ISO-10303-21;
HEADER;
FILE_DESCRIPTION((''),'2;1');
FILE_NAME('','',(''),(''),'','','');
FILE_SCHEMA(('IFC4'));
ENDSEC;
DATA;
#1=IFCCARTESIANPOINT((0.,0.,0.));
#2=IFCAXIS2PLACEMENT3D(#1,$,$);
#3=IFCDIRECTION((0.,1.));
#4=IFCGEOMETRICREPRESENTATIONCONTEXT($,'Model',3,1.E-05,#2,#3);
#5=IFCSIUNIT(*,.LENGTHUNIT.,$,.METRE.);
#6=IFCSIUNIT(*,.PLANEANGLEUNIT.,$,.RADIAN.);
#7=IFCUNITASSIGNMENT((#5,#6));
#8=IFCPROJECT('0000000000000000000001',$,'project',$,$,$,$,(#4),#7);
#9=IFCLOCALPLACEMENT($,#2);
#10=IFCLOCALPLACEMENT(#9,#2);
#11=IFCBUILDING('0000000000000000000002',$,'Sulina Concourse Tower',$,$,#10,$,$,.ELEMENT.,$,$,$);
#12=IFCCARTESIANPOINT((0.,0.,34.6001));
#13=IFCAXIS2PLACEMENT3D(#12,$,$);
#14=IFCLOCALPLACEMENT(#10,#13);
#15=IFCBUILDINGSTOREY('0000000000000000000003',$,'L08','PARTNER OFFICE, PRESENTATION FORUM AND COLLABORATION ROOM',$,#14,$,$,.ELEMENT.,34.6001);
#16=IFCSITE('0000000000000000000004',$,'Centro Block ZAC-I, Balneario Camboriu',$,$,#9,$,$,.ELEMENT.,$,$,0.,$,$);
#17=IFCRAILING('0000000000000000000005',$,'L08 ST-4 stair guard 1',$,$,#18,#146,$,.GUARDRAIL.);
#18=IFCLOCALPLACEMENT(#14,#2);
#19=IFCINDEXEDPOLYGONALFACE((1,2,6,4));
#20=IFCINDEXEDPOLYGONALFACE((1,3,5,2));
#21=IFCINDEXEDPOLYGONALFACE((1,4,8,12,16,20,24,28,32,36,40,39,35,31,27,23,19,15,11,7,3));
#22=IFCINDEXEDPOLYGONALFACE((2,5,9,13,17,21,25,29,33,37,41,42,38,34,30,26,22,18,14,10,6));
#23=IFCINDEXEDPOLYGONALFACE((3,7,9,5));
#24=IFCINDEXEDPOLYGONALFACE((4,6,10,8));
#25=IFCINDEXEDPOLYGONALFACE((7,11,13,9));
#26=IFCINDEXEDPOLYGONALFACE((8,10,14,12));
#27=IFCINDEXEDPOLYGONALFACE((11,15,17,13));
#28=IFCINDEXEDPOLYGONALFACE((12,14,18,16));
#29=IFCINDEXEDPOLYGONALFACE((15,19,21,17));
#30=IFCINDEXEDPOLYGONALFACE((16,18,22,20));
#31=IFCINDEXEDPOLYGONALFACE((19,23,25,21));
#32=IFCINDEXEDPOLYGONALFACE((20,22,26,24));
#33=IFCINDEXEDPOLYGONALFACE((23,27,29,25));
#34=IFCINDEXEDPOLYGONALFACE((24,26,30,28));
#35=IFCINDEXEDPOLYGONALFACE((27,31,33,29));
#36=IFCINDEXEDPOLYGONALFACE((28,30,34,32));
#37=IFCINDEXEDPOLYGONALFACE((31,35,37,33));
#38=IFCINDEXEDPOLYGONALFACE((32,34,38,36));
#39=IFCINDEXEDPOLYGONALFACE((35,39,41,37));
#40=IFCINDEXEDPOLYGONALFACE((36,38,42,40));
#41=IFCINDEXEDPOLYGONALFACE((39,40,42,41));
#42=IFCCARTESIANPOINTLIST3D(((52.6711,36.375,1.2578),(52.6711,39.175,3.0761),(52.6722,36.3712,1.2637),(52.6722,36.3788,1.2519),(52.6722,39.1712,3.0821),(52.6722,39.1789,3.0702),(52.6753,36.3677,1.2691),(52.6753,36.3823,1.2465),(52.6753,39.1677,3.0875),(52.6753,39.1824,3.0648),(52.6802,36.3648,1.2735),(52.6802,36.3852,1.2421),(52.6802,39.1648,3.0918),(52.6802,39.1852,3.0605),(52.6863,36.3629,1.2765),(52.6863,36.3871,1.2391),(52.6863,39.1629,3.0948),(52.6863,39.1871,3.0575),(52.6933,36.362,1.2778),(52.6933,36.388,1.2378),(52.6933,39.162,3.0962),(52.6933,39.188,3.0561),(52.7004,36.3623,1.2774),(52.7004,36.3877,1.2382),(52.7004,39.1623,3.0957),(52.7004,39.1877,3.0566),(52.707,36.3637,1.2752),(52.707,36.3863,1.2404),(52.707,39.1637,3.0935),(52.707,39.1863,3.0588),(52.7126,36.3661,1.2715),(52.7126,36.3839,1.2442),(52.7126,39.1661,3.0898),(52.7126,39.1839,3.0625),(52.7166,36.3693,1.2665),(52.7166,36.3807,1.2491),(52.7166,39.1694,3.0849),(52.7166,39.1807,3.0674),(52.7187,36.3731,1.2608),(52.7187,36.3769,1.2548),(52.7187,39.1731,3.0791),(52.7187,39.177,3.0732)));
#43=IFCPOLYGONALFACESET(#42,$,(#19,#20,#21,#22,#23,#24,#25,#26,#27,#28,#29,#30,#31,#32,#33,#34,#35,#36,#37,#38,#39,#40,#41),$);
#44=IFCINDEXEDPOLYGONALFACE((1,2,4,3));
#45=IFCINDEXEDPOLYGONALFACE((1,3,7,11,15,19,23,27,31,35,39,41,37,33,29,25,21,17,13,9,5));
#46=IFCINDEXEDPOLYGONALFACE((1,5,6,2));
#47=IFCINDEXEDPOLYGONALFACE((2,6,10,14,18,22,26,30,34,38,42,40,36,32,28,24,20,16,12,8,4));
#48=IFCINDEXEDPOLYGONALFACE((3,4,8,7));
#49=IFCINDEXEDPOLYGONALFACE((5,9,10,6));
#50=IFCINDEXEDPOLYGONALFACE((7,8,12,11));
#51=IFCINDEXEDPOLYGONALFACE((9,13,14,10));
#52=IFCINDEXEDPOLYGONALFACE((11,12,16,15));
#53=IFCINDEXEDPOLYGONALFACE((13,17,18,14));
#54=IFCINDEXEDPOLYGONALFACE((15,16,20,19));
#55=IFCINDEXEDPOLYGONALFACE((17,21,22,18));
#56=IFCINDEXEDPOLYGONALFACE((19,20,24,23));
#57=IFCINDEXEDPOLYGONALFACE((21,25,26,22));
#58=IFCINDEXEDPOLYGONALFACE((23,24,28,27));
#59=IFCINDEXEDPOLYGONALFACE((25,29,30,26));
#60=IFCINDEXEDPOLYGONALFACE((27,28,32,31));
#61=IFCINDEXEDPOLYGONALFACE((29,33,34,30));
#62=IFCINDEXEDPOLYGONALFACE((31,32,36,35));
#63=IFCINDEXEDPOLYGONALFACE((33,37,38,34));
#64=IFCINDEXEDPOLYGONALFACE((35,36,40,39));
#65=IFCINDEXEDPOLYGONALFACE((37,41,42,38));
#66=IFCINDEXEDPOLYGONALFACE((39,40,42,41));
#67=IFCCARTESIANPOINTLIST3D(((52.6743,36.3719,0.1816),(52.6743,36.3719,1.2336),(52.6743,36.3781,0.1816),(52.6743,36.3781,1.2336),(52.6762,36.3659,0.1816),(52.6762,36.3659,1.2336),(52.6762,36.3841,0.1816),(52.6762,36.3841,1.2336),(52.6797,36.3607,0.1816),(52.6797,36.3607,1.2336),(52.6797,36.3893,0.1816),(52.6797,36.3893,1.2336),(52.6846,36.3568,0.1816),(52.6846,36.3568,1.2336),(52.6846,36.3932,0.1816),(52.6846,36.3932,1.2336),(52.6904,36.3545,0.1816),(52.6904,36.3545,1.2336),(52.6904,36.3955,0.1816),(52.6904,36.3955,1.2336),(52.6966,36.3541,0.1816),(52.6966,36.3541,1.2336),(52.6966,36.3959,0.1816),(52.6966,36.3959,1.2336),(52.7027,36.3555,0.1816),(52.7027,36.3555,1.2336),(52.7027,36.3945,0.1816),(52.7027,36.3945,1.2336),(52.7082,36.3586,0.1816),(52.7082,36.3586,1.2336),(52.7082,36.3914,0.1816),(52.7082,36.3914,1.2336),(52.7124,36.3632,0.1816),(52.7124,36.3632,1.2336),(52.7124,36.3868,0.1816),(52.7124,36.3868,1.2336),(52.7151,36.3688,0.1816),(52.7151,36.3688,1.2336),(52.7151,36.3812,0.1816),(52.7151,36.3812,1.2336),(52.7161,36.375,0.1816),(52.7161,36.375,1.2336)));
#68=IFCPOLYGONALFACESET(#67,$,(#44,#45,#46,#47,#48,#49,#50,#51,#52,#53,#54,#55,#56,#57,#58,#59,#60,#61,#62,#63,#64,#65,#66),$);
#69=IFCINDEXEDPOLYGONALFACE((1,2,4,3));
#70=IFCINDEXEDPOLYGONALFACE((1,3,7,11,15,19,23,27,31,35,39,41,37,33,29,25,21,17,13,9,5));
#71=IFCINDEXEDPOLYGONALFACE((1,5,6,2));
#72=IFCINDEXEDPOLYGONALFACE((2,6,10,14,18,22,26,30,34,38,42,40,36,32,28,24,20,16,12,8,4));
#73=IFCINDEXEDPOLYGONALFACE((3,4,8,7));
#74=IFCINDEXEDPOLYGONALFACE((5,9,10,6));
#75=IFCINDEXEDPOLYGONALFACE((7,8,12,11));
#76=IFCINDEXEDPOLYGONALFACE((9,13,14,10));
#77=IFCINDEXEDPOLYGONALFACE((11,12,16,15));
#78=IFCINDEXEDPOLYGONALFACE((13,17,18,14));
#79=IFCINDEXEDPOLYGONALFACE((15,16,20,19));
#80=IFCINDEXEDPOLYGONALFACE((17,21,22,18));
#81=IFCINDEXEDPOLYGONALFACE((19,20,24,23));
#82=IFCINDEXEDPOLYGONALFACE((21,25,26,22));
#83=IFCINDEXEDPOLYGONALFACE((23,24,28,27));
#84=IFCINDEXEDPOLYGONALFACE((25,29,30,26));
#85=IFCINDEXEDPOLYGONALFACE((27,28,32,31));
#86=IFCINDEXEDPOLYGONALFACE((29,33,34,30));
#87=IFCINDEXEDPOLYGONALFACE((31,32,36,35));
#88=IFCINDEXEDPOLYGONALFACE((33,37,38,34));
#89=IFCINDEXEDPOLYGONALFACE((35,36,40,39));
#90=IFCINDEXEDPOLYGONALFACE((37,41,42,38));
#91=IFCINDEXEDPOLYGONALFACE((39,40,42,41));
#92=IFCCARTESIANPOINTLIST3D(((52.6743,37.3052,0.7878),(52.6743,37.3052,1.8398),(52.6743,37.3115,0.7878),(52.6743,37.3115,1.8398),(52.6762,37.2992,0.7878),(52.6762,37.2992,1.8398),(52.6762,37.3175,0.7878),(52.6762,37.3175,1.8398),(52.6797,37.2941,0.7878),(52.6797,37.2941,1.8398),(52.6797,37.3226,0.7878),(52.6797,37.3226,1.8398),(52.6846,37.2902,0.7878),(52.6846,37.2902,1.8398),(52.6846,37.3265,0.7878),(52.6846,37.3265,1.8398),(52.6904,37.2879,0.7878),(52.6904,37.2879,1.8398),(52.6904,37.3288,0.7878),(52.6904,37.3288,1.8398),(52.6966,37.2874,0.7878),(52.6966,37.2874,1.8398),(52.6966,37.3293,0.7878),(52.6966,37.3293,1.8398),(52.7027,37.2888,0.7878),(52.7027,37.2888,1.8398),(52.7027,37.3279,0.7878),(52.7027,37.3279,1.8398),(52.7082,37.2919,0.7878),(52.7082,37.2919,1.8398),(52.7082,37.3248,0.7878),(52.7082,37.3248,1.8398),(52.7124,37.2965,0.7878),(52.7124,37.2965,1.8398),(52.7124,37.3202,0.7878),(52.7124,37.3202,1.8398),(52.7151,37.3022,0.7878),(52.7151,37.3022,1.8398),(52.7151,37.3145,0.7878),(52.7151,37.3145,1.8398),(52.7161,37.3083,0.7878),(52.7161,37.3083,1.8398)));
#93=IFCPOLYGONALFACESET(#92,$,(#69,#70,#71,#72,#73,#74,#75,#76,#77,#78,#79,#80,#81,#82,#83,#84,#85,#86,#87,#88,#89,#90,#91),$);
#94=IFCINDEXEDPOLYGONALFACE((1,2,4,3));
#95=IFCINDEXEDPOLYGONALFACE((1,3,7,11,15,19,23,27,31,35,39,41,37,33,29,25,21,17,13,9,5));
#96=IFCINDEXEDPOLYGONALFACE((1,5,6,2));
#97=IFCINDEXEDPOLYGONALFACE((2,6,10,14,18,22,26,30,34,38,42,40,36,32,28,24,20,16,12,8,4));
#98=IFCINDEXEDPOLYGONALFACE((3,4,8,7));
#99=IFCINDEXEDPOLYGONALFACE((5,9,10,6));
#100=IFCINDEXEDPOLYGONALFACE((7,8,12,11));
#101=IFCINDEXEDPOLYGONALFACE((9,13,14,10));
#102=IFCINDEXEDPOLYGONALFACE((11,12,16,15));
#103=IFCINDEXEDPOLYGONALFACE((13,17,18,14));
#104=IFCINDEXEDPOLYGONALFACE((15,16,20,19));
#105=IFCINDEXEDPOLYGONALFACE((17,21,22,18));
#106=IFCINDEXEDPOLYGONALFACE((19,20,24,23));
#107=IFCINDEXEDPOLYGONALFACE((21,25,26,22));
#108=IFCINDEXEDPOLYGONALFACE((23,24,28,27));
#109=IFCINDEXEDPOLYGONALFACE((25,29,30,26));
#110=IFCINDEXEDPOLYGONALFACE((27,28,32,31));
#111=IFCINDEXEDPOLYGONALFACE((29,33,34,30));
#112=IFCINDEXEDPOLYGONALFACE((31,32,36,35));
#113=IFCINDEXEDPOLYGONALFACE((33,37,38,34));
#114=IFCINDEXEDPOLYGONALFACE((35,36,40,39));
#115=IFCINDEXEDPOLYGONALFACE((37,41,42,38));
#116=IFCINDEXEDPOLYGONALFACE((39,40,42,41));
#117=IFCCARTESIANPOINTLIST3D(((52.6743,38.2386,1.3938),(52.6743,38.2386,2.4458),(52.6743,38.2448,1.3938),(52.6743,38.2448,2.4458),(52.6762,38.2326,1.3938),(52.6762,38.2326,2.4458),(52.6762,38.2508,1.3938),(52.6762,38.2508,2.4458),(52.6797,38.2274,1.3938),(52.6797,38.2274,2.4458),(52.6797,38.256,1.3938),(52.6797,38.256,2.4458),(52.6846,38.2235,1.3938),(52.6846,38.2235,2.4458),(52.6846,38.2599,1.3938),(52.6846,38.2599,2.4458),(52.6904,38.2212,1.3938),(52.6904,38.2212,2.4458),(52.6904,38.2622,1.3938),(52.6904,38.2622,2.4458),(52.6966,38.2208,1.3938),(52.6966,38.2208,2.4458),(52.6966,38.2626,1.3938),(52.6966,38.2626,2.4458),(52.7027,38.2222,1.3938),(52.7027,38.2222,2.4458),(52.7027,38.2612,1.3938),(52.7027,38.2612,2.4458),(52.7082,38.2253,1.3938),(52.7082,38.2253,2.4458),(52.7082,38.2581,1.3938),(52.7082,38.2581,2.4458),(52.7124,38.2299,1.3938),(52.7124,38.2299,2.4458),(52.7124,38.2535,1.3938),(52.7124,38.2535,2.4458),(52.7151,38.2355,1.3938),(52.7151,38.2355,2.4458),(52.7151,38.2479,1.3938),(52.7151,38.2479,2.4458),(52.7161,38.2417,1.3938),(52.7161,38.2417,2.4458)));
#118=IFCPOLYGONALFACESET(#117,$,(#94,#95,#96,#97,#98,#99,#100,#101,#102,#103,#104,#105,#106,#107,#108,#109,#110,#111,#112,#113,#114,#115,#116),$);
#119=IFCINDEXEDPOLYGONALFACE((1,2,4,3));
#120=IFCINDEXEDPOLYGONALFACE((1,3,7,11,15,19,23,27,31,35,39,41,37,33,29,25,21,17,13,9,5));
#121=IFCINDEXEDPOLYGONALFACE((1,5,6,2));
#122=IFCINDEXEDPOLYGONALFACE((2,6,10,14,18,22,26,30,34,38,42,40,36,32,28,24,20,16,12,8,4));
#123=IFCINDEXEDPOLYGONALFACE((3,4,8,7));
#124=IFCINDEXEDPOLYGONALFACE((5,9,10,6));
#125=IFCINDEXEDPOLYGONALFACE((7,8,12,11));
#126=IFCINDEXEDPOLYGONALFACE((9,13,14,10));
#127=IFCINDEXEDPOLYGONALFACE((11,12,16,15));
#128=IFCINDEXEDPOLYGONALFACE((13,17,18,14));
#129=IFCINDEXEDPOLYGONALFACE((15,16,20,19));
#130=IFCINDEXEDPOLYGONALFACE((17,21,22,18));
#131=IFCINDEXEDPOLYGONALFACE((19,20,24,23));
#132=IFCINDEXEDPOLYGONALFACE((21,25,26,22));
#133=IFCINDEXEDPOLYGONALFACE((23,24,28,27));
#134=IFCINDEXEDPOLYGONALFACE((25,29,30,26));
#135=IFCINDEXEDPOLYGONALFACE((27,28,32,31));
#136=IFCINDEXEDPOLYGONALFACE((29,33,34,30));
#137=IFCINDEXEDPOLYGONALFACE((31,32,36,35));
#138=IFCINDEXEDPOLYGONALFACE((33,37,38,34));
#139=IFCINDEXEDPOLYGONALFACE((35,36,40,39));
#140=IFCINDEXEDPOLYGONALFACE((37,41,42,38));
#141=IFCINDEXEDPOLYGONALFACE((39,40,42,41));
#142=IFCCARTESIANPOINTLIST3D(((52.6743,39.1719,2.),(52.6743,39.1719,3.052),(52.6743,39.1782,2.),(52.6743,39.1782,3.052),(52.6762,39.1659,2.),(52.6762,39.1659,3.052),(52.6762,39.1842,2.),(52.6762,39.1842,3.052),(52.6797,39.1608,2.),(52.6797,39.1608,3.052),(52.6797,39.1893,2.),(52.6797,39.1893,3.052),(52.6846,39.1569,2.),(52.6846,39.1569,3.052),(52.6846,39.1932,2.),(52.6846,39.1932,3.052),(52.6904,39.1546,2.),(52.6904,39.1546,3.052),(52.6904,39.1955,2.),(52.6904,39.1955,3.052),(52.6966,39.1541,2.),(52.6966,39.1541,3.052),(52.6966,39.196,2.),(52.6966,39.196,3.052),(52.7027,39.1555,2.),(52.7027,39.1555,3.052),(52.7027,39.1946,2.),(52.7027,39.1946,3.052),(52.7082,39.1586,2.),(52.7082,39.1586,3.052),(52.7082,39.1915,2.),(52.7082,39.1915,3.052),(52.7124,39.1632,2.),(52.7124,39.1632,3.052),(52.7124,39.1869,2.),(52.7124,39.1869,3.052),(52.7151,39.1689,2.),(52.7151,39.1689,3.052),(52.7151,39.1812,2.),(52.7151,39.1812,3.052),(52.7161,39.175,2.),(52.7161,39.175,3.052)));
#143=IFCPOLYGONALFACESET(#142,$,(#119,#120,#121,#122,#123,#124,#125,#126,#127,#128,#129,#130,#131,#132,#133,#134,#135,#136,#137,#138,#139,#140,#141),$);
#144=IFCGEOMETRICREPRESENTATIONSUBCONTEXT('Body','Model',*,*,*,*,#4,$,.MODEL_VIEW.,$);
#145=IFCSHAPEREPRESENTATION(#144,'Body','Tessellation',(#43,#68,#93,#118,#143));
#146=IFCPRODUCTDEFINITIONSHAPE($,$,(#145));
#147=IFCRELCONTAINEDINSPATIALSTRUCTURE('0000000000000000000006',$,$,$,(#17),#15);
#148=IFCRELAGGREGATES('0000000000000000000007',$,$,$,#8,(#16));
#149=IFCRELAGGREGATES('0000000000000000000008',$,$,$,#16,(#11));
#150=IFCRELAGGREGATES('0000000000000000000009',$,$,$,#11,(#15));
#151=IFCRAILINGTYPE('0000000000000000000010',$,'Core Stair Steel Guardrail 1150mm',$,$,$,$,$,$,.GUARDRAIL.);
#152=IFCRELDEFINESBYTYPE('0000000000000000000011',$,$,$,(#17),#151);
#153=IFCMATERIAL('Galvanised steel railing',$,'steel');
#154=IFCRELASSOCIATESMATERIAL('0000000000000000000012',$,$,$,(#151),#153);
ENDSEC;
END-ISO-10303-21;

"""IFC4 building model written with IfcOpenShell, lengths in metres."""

from ifc_helpers import new_model, si_unit, direction, frame, origin, origin_2d, place, context, subcontext, project, spatial, circle, extrude, material, type_object, element, save


model = new_model("IFC4")

# Units and contexts
model_context = context("Model", 3, precision=1e-05, world=origin(), true_north=direction((0.0, 1.0)))
body_context = subcontext(model_context, "Body", "Model", "MODEL_VIEW")
ifc_project = project(units=[si_unit("LENGTHUNIT", "METRE"), si_unit("PLANEANGLEUNIT", "RADIAN")], contexts=[model_context])

# Site, building, storey
site_placement = place(None, origin())
site = spatial("IfcSite", under=ifc_project, at=site_placement, Name="Centro Block ZAC-I, Balneario Camboriu", CompositionType="ELEMENT", RefElevation=0.0)
building_placement = place(site_placement, origin())
building = spatial("IfcBuilding", under=site, at=building_placement, Name="Sulina Concourse Tower", CompositionType="ELEMENT")
storey_placement = place(building_placement, frame((0.0, 0.0, 34.6001)))
storey = spatial("IfcBuildingStorey", under=building, at=storey_placement, Name="L08", Description="PARTNER OFFICE, PRESENTATION FORUM AND COLLABORATION ROOM", CompositionType="ELEMENT", Elevation=34.6001)

# Railing
ifc_material_1 = material(Name="Galvanised steel railing", Category="steel")
railing_type = type_object("IfcRailingType", Name="Core Stair Steel Guardrail 1150mm", PredefinedType="GUARDRAIL", material=ifc_material_1)
railing_1_placement = place(storey_placement, frame((52.6951, 36.375, 0.1816)))
element("IfcRailing", 1, at=railing_1_placement, inside=storey, type_object=railing_type, Name="L08 ST-4 stair guard 1", PredefinedType="GUARDRAIL", context=body_context, shape_type="SweptSolid", body=[
    extrude(circle(Radius=0.0239, at=origin_2d()), frame((0.0, 0.0, 1.0762), z_axis=(0.0, 0.838672, 0.544636), x_axis=(-1.0, 0.0, 0.0)), (0.0, 0.0, 1.0), 3.3386),
    extrude(circle(Radius=0.021, at=origin_2d()), origin(), (0.0, 0.0, 1.0), 1.052),
    extrude(circle(Radius=0.021, at=origin_2d()), frame((0.0, 0.9333, 0.6062)), (0.0, 0.0, 1.0), 1.052),
    extrude(circle(Radius=0.021, at=origin_2d()), frame((0.0, 1.8667, 1.2122)), (0.0, 0.0, 1.0), 1.052),
    extrude(circle(Radius=0.021, at=origin_2d()), frame((0.0, 2.8, 1.8184)), (0.0, 0.0, 1.0), 1.052),
])

save(model, "model.ifc")
